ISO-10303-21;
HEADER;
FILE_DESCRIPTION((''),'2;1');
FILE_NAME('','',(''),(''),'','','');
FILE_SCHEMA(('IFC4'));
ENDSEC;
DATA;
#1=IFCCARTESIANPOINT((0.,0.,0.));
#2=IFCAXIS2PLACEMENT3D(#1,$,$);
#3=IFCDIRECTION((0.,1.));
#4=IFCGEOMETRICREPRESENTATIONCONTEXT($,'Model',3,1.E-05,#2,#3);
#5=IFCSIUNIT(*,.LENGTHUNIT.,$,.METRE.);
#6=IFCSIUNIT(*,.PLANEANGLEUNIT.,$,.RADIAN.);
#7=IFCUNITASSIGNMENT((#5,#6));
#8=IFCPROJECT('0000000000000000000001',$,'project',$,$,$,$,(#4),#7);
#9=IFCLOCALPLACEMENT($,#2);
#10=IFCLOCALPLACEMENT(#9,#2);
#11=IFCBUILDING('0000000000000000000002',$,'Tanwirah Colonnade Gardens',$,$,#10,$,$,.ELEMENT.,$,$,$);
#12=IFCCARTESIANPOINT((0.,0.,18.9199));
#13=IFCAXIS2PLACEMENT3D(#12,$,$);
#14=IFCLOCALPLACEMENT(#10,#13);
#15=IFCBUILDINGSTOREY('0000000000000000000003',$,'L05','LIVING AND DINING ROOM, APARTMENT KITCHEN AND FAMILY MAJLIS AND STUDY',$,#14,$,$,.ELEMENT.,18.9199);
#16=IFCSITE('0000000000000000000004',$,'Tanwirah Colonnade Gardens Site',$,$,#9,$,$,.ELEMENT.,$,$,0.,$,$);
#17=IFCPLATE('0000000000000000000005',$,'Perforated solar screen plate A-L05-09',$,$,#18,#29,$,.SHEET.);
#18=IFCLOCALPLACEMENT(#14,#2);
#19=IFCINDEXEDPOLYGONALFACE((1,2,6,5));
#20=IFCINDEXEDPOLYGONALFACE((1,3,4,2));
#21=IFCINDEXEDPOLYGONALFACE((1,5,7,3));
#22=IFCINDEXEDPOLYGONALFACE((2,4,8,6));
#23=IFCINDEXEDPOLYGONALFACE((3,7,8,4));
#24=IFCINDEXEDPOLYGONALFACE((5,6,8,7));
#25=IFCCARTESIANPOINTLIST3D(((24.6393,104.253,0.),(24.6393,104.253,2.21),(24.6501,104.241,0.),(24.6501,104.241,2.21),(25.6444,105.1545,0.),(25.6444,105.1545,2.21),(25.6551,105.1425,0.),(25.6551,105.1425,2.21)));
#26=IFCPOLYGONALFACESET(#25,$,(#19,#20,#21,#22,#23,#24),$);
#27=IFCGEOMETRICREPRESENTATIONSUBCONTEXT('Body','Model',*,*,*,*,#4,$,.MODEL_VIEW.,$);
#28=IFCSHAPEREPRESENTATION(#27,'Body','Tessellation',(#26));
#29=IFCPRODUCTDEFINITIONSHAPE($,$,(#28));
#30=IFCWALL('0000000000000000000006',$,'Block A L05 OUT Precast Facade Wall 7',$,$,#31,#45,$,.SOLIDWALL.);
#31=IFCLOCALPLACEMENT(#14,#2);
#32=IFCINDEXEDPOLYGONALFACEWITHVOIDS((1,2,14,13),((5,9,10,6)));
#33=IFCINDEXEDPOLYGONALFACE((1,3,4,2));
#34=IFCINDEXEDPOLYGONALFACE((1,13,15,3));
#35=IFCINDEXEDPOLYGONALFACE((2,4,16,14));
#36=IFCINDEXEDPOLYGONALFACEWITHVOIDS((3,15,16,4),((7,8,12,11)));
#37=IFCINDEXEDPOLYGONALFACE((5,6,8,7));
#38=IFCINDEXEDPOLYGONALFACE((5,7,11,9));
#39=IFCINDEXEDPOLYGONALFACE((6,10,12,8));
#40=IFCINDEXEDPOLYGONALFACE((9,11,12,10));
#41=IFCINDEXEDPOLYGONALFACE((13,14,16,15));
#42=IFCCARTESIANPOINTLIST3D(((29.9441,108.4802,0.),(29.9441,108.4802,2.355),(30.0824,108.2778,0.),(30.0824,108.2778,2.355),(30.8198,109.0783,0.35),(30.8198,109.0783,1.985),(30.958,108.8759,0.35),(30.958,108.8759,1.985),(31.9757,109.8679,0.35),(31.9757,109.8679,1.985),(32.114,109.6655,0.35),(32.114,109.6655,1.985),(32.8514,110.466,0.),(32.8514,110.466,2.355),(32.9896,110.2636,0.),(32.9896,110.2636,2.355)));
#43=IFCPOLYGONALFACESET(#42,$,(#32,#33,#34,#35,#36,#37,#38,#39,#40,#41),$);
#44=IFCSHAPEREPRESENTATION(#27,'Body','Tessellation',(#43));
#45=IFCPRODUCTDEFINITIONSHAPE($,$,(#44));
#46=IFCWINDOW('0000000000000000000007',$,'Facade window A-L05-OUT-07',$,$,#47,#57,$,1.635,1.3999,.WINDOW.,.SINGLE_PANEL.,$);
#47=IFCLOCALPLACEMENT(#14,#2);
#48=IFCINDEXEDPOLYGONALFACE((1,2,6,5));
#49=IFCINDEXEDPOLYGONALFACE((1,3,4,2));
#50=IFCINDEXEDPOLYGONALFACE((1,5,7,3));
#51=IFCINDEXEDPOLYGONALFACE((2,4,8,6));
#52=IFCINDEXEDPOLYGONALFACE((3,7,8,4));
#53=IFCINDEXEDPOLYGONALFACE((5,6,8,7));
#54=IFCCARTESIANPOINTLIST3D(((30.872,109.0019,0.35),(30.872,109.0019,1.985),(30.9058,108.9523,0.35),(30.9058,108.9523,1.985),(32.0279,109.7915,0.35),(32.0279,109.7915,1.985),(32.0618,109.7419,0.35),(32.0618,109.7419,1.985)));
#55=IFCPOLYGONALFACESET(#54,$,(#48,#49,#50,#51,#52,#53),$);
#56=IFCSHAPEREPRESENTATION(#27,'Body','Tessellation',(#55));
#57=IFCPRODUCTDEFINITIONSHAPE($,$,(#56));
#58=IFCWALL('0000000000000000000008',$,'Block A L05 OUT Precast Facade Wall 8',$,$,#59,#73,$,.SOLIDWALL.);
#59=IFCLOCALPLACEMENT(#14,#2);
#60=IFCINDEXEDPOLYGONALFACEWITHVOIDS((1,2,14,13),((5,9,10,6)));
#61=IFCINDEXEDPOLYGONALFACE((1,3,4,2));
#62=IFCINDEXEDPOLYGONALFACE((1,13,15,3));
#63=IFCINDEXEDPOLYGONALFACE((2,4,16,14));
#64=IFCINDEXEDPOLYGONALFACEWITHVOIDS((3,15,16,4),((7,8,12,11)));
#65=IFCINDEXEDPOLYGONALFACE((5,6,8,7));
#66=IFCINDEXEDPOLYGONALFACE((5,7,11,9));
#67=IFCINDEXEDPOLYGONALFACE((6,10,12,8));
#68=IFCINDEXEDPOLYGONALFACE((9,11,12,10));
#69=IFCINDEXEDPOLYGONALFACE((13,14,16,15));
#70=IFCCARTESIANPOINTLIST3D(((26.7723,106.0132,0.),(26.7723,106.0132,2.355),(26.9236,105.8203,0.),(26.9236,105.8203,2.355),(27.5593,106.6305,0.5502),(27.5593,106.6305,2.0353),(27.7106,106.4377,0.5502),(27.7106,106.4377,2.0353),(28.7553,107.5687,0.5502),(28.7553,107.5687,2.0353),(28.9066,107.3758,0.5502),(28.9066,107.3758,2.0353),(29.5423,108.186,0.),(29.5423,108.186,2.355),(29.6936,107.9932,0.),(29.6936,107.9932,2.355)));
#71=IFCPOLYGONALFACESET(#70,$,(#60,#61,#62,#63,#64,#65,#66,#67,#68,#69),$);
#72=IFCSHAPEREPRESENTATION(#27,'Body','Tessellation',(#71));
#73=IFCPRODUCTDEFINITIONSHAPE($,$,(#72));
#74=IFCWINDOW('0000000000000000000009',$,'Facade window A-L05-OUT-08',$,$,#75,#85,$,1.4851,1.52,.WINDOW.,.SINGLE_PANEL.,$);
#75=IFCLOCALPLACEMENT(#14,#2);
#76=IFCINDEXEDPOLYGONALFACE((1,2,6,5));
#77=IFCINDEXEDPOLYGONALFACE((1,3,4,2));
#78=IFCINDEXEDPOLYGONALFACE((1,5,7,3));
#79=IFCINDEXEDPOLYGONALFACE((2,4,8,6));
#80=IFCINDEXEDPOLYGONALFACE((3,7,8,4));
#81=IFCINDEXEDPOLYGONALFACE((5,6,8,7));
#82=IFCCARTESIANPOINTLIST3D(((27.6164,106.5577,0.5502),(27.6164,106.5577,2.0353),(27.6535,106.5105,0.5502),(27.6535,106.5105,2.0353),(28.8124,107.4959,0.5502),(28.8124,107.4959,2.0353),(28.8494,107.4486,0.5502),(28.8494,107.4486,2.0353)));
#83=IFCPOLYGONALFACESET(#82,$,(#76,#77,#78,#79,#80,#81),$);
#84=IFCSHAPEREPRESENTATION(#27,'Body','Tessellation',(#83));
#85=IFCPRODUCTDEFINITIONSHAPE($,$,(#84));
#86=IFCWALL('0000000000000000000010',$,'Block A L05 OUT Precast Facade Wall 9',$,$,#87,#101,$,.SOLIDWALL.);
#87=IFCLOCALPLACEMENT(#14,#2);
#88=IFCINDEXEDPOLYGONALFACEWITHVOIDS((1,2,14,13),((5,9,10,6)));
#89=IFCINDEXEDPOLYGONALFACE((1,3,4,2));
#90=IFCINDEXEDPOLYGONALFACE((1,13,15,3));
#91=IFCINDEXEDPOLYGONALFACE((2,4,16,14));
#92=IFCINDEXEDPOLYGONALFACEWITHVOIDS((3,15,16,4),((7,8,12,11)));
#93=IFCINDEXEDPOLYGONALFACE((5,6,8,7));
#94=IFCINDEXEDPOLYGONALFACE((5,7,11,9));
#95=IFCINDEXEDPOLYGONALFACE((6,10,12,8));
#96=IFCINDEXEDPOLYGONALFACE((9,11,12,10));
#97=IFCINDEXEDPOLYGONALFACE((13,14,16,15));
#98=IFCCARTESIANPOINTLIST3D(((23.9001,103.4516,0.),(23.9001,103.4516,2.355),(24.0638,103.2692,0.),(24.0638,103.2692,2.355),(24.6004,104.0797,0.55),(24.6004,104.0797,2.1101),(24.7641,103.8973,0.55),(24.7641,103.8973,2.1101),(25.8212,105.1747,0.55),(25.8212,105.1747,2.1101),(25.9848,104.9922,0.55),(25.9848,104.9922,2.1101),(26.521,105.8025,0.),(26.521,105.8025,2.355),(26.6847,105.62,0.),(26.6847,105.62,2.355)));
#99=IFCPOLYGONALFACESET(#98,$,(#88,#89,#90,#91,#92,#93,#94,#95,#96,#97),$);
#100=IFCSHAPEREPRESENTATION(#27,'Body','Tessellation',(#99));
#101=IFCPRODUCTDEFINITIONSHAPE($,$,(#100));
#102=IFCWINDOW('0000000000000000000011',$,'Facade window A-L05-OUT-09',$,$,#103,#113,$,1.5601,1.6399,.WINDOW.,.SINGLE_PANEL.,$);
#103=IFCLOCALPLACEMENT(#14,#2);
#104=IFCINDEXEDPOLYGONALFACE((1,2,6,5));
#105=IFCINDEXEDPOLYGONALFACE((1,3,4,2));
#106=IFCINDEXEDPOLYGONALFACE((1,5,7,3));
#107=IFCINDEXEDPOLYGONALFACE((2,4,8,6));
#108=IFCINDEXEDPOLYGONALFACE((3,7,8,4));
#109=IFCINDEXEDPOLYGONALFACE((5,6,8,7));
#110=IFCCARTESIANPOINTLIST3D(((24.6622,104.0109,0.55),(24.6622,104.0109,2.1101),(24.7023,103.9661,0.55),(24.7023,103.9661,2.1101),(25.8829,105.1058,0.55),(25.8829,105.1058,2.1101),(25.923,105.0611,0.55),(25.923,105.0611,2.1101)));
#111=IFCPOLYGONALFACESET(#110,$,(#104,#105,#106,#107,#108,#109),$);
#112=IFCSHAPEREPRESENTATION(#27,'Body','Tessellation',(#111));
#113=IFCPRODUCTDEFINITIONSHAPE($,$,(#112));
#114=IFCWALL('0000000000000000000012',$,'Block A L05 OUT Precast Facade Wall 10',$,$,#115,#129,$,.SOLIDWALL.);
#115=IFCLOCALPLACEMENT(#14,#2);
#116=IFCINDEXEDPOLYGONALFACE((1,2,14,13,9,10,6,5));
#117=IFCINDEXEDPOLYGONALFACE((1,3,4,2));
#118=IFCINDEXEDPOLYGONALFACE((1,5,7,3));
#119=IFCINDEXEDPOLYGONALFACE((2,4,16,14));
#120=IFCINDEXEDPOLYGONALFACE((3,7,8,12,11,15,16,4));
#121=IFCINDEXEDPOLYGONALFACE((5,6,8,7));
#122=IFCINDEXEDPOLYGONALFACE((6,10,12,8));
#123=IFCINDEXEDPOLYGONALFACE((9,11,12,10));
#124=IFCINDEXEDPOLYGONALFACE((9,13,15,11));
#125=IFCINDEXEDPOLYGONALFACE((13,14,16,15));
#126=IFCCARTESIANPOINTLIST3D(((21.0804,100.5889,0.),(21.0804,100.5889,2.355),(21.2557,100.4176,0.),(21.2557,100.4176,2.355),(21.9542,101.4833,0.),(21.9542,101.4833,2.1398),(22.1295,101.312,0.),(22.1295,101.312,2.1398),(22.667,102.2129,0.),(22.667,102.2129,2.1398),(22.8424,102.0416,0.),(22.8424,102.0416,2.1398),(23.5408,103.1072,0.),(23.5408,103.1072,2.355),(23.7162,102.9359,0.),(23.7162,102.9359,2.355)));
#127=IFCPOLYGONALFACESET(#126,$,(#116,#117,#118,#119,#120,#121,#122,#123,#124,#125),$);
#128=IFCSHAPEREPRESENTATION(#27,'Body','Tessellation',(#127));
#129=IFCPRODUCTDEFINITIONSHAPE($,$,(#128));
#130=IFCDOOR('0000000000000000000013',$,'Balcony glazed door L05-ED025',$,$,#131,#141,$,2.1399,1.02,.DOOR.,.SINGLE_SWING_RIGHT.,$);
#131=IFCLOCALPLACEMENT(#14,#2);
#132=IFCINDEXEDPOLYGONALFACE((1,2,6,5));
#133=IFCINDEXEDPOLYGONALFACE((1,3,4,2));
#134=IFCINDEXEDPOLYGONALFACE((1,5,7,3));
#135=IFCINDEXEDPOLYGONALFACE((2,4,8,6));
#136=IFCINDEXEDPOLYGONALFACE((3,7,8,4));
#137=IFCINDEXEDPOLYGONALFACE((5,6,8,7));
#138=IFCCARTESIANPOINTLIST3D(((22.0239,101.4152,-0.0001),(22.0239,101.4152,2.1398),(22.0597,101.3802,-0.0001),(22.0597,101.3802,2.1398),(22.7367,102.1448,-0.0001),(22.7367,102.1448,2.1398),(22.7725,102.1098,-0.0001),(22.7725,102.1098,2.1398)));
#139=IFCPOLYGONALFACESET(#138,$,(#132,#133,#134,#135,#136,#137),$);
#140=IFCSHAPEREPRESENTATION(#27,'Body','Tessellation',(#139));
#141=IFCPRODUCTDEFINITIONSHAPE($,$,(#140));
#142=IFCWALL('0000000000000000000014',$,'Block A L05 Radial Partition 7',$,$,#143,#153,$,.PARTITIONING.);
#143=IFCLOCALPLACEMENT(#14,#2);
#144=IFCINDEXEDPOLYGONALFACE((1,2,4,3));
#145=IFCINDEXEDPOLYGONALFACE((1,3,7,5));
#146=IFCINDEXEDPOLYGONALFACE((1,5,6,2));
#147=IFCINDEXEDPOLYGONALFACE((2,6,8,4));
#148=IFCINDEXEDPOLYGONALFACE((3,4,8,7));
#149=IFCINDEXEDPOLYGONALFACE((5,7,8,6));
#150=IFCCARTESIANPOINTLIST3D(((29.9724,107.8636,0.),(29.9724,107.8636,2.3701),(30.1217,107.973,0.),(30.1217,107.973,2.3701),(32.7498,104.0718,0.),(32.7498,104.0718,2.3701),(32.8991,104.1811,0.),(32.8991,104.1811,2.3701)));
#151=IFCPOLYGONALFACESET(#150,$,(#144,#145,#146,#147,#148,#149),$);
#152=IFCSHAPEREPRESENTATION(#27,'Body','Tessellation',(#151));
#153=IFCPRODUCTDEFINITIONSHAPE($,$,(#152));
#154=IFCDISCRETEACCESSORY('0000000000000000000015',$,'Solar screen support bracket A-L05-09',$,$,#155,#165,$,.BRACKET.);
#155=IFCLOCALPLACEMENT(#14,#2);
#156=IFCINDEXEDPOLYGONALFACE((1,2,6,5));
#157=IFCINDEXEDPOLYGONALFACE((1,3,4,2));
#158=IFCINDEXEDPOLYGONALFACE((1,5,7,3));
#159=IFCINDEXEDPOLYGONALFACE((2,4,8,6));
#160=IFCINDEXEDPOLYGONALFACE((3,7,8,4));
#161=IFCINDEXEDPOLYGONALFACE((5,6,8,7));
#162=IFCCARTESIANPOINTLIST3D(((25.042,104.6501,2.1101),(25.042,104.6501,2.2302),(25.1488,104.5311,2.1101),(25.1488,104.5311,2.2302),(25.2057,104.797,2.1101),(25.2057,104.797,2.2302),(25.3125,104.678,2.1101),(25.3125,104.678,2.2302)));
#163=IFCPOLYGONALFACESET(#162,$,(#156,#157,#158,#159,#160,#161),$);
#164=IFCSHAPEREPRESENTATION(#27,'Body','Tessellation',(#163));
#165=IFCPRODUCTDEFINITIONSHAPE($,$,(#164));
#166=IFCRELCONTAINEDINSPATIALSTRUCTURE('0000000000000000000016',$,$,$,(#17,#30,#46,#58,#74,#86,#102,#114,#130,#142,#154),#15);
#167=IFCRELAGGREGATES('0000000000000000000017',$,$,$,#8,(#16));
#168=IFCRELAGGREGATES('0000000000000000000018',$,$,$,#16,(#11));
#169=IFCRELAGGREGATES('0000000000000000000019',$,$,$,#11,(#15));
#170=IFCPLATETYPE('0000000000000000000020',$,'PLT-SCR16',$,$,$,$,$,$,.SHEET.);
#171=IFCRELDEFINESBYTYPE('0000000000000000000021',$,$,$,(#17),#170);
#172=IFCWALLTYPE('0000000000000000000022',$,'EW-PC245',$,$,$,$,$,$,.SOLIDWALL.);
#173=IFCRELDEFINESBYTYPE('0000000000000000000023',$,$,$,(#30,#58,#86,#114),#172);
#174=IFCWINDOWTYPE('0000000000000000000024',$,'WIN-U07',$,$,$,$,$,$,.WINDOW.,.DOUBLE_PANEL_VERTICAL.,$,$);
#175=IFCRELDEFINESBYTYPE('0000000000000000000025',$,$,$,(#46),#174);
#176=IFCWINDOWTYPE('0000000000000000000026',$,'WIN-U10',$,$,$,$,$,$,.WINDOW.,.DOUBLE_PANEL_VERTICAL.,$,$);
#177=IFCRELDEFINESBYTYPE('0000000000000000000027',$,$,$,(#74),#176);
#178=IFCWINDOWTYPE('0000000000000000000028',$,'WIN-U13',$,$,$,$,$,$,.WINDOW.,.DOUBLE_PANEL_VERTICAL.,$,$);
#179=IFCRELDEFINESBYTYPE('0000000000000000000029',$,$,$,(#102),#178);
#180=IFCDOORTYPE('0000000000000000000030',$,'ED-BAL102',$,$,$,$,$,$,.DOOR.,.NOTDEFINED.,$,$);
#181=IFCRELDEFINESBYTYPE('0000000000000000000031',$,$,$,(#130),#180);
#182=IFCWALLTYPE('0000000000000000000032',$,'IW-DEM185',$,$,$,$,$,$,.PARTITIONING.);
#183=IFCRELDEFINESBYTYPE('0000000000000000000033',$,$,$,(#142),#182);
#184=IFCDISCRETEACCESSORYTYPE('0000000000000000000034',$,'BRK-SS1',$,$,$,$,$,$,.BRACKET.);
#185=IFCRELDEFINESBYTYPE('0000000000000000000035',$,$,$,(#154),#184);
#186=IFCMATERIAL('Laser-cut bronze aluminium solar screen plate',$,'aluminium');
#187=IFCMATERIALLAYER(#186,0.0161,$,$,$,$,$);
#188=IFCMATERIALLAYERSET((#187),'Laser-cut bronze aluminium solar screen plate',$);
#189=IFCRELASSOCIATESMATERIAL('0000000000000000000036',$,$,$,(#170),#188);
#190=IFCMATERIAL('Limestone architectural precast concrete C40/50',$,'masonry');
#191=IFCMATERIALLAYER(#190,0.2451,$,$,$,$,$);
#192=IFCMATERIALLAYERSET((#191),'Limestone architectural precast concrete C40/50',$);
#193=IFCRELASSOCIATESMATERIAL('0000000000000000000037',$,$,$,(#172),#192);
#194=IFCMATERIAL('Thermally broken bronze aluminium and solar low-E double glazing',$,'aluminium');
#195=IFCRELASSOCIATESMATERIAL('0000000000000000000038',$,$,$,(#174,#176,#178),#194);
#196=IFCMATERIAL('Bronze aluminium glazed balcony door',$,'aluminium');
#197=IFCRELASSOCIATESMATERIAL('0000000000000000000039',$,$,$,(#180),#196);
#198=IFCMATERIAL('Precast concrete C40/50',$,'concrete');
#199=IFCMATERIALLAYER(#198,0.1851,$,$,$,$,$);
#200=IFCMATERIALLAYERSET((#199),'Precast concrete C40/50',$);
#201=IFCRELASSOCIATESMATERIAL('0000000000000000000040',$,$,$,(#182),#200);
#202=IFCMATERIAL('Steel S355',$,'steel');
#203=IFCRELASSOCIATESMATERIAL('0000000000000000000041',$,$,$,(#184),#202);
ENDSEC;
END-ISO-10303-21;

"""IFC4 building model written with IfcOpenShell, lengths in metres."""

from ifc_helpers import new_model, si_unit, direction, frame, frame_2d, origin, origin_2d, place, context, subcontext, project, spatial, rectangle, extrude, material, layer, layer_set, type_object, element, fill, save


model = new_model("IFC4")

# Units and contexts
model_context = context("Model", 3, precision=1e-05, world=origin(), true_north=direction((0.0, 1.0)))
body_context = subcontext(model_context, "Body", "Model", "MODEL_VIEW")
ifc_project = project(units=[si_unit("LENGTHUNIT", "METRE"), si_unit("PLANEANGLEUNIT", "RADIAN")], contexts=[model_context])

# Site, building, storey
site_placement = place(None, origin())
site = spatial("IfcSite", under=ifc_project, at=site_placement, Name="Tanwirah Colonnade Gardens Site", CompositionType="ELEMENT", RefElevation=0.0)
building_placement = place(site_placement, origin())
building = spatial("IfcBuilding", under=site, at=building_placement, Name="Tanwirah Colonnade Gardens", CompositionType="ELEMENT")
storey_placement = place(building_placement, frame((0.0, 0.0, 18.9199)))
storey = spatial("IfcBuildingStorey", under=building, at=storey_placement, Name="L05", Description="LIVING AND DINING ROOM, APARTMENT KITCHEN AND FAMILY MAJLIS AND STUDY", CompositionType="ELEMENT", Elevation=18.9199)

# Shared definitions
ifc_material_1 = material(Name="Precast concrete C40/50", Category="concrete")

# Plate
ifc_material_2 = material(Name="Laser-cut bronze aluminium solar screen plate", Category="aluminium")
ifc_layer_1 = layer(ifc_material_2, 0.0161)
ifc_layer_set_1 = layer_set([ifc_layer_1], Name="Laser-cut bronze aluminium solar screen plate")
plate_type = type_object("IfcPlateType", Name="PLT-SCR16", PredefinedType="SHEET", material=ifc_layer_set_1)
plate_placement = place(storey_placement, frame((25.1472, 104.6978, 0.0), z_axis=(0.0, 0.0, 1.0), x_axis=(-0.744443, -0.667686, 0.0)))
element("IfcPlate", 1, at=plate_placement, inside=storey, type_object=plate_type, Name="Perforated solar screen plate A-L05-09", PredefinedType="SHEET", context=body_context, shape_type="SweptSolid", body=[
    extrude(rectangle(XDim=1.3501, YDim=0.0161, at=origin_2d()), origin(), (0.0, 0.0, 1.0), 2.21),
])

# Walls, openings, windows
ifc_material_3 = material(Name="Limestone architectural precast concrete C40/50", Category="masonry")
ifc_layer_2 = layer(ifc_material_3, 0.2451)
ifc_layer_set_2 = layer_set([ifc_layer_2], Name="Limestone architectural precast concrete C40/50")
wall_type_1 = type_object("IfcWallType", Name="EW-PC245", PredefinedType="SOLIDWALL", material=ifc_layer_set_2)
wall_1_placement = place(storey_placement, frame((32.9204, 110.3647, 0.0), z_axis=(0.0, 0.0, 1.0), x_axis=(-0.825746, -0.564042, 0.0)))
wall_1 = element("IfcWall", 2, at=wall_1_placement, inside=storey, type_object=wall_type_1, Name="Block A L05 OUT Precast Facade Wall 7", PredefinedType="SOLIDWALL", context=body_context, shape_type="SweptSolid", body=[
    extrude(rectangle(XDim=3.5208, YDim=0.2451, at=frame_2d((1.7603, 0.0))), origin(), (0.0, 0.0, 1.0), 2.355),
])
opening_1_placement = place(wall_1_placement, frame((1.0603, 0.0, 0.3501)))
opening_1 = element("IfcOpeningElement", 3, at=opening_1_placement, cuts=wall_1, PredefinedType="OPENING", context=body_context, shape_type="SweptSolid", body=[
    extrude(rectangle(XDim=1.3999, YDim=1.635, at=frame_2d((0.7, 0.8174))), frame((0.0, 0.1326, 0.0), z_axis=(0.0, -1.0, 0.0), x_axis=(1.0, 0.0, 0.0)), (0.0, 0.0, 1.0), 0.2651),
])
ifc_material_4 = material(Name="Thermally broken bronze aluminium and solar low-E double glazing", Category="aluminium")
window_type_1 = type_object("IfcWindowType", Name="WIN-U07", PartitioningType="DOUBLE_PANEL_VERTICAL", PredefinedType="WINDOW", material=ifc_material_4)
window_1_placement = place(opening_1_placement, origin())
window_1 = element("IfcWindow", 4, at=window_1_placement, inside=storey, type_object=window_type_1, Name="Facade window A-L05-OUT-07", OverallHeight=1.635, OverallWidth=1.3999, PartitioningType="SINGLE_PANEL", PredefinedType="WINDOW", context=body_context, shape_type="SweptSolid", body=[
    extrude(rectangle(XDim=1.3999, YDim=1.635, at=frame_2d((0.7, 0.8174))), frame((0.0, 0.03, 0.0), z_axis=(0.0, -1.0, 0.0), x_axis=(1.0, 0.0, 0.0)), (0.0, 0.0, 1.0), 0.0601),
])
fill(opening_1, window_1)
wall_2_placement = place(storey_placement, frame((29.6179, 108.0896, 0.0), z_axis=(0.0, 0.0, 1.0), x_axis=(-0.786814, -0.61719, 0.0)))
wall_2 = element("IfcWall", 5, at=wall_2_placement, inside=storey, type_object=wall_type_1, Name="Block A L05 OUT Precast Facade Wall 8", PredefinedType="SOLIDWALL", context=body_context, shape_type="SweptSolid", body=[
    extrude(rectangle(XDim=3.5205, YDim=0.2451, at=frame_2d((1.7603, 0.0))), origin(), (0.0, 0.0, 1.0), 2.355),
])
opening_2_placement = place(wall_2_placement, frame((1.0002, 0.0, 0.55)))
opening_2 = element("IfcOpeningElement", 6, at=opening_2_placement, cuts=wall_2, PredefinedType="OPENING", context=body_context, shape_type="SweptSolid", body=[
    extrude(rectangle(XDim=1.52, YDim=1.4851, at=frame_2d((0.76, 0.7427))), frame((0.0, 0.1326, 0.0), z_axis=(0.0, -1.0, 0.0), x_axis=(1.0, 0.0, 0.0)), (0.0, 0.0, 1.0), 0.2651),
])
window_type_2 = type_object("IfcWindowType", Name="WIN-U10", PartitioningType="DOUBLE_PANEL_VERTICAL", PredefinedType="WINDOW", material=ifc_material_4)
window_2_placement = place(opening_2_placement, origin())
window_2 = element("IfcWindow", 7, at=window_2_placement, inside=storey, type_object=window_type_2, Name="Facade window A-L05-OUT-08", OverallHeight=1.4851, OverallWidth=1.52, PartitioningType="SINGLE_PANEL", PredefinedType="WINDOW", context=body_context, shape_type="SweptSolid", body=[
    extrude(rectangle(XDim=1.52, YDim=1.4851, at=frame_2d((0.76, 0.7427))), frame((0.0, 0.03, 0.0), z_axis=(0.0, -1.0, 0.0), x_axis=(1.0, 0.0, 0.0)), (0.0, 0.0, 1.0), 0.0601),
])
fill(opening_2, window_2)
wall_3_placement = place(storey_placement, frame((26.6028, 105.7112, 0.0), z_axis=(0.0, 0.0, 1.0), x_axis=(-0.744414, -0.667719, 0.0)))
wall_3 = element("IfcWall", 8, at=wall_3_placement, inside=storey, type_object=wall_type_1, Name="Block A L05 OUT Precast Facade Wall 9", PredefinedType="SOLIDWALL", context=body_context, shape_type="SweptSolid", body=[
    extrude(rectangle(XDim=3.5208, YDim=0.2451, at=frame_2d((1.7603, 0.0))), origin(), (0.0, 0.0, 1.0), 2.355),
])
opening_3_placement = place(wall_3_placement, frame((0.9402, 0.0, 0.55)))
opening_3 = element("IfcOpeningElement", 9, at=opening_3_placement, cuts=wall_3, PredefinedType="OPENING", context=body_context, shape_type="SweptSolid", body=[
    extrude(rectangle(XDim=1.6399, YDim=1.5601, at=frame_2d((0.8198, 0.78))), frame((0.0, 0.1326, 0.0), z_axis=(0.0, -1.0, 0.0), x_axis=(1.0, 0.0, 0.0)), (0.0, 0.0, 1.0), 0.2651),
])
window_type_3 = type_object("IfcWindowType", Name="WIN-U13", PartitioningType="DOUBLE_PANEL_VERTICAL", PredefinedType="WINDOW", material=ifc_material_4)
window_3_placement = place(opening_3_placement, origin())
window_3 = element("IfcWindow", 10, at=window_3_placement, inside=storey, type_object=window_type_3, Name="Facade window A-L05-OUT-09", OverallHeight=1.5601, OverallWidth=1.6399, PartitioningType="SINGLE_PANEL", PredefinedType="WINDOW", context=body_context, shape_type="SweptSolid", body=[
    extrude(rectangle(XDim=1.6399, YDim=1.5601, at=frame_2d((0.8198, 0.78))), frame((0.0, 0.03, 0.0), z_axis=(0.0, -1.0, 0.0), x_axis=(1.0, 0.0, 0.0)), (0.0, 0.0, 1.0), 0.0601),
])
fill(opening_3, window_3)

# Wall, opening, door
wall_4_placement = place(storey_placement, frame((23.6284, 103.0215, 0.0), z_axis=(0.0, 0.0, 1.0), x_axis=(-0.698842, -0.715276, 0.0)))
wall_4 = element("IfcWall", 11, at=wall_4_placement, inside=storey, type_object=wall_type_1, Name="Block A L05 OUT Precast Facade Wall 10", PredefinedType="SOLIDWALL", context=body_context, shape_type="SweptSolid", body=[
    extrude(rectangle(XDim=3.5208, YDim=0.2451, at=frame_2d((1.7603, 0.0))), origin(), (0.0, 0.0, 1.0), 2.355),
])
opening_4_placement = place(wall_4_placement, frame((1.2502, 0.0, 0.0)))
opening_4 = element("IfcOpeningElement", 12, at=opening_4_placement, cuts=wall_4, PredefinedType="OPENING", context=body_context, shape_type="SweptSolid", body=[
    extrude(rectangle(XDim=1.02, YDim=2.1399, at=frame_2d((0.51, 1.0698))), frame((0.0, 0.1326, 0.0), z_axis=(0.0, -1.0, 0.0), x_axis=(1.0, 0.0, 0.0)), (0.0, 0.0, 1.0), 0.2651),
])
ifc_material_5 = material(Name="Bronze aluminium glazed balcony door", Category="aluminium")
door_type_1 = type_object("IfcDoorType", Name="ED-BAL102", OperationType="NOTDEFINED", PredefinedType="DOOR", material=ifc_material_5)
door_1_placement = place(opening_4_placement, origin())
door_1 = element("IfcDoor", 13, at=door_1_placement, inside=storey, type_object=door_type_1, Name="Balcony glazed door L05-ED025", OperationType="SINGLE_SWING_RIGHT", OverallHeight=2.1399, OverallWidth=1.02, PredefinedType="DOOR", context=body_context, shape_type="SweptSolid", body=[
    extrude(rectangle(XDim=1.02, YDim=2.1399, at=frame_2d((0.51, 1.0698))), frame((0.0, 0.0249, 0.0), z_axis=(0.0, -1.0, 0.0), x_axis=(1.0, 0.0, 0.0)), (0.0, 0.0, 1.0), 0.05),
])
fill(opening_4, door_1)

# Wall
ifc_layer_3 = layer(ifc_material_1, 0.1851)
ifc_layer_set_3 = layer_set([ifc_layer_3], Name="Precast concrete C40/50")
wall_type_2 = type_object("IfcWallType", Name="IW-DEM185", PredefinedType="PARTITIONING", material=ifc_layer_set_3)
wall_5_placement = place(storey_placement, frame((32.8245, 104.1265, 0.0), z_axis=(0.0, 0.0, 1.0), x_axis=(-0.590911, 0.806737, 0.0)))
element("IfcWall", 14, at=wall_5_placement, inside=storey, type_object=wall_type_2, Name="Block A L05 Radial Partition 7", PredefinedType="PARTITIONING", context=body_context, shape_type="SweptSolid", body=[
    extrude(rectangle(XDim=4.7002, YDim=0.1851, at=frame_2d((2.3501, 0.0))), origin(), (0.0, 0.0, 1.0), 2.3701),
])

# Discrete accessory
ifc_material_6 = material(Name="Steel S355", Category="steel")
discrete_accessory_type = type_object("IfcDiscreteAccessoryType", Name="BRK-SS1", PredefinedType="BRACKET", material=ifc_material_6)
discrete_accessory_placement = place(storey_placement, frame((25.1772, 104.6641, 2.1101), z_axis=(0.0, 0.0, 1.0), x_axis=(-0.744443, -0.667686, 0.0)))
element("IfcDiscreteAccessory", 15, at=discrete_accessory_placement, inside=storey, type_object=discrete_accessory_type, Name="Solar screen support bracket A-L05-09", PredefinedType="BRACKET", context=body_context, shape_type="SweptSolid", body=[
    extrude(rectangle(XDim=0.22, YDim=0.1599, at=origin_2d()), origin(), (0.0, 0.0, 1.0), 0.1201),
])

save(model, "model.ifc")
